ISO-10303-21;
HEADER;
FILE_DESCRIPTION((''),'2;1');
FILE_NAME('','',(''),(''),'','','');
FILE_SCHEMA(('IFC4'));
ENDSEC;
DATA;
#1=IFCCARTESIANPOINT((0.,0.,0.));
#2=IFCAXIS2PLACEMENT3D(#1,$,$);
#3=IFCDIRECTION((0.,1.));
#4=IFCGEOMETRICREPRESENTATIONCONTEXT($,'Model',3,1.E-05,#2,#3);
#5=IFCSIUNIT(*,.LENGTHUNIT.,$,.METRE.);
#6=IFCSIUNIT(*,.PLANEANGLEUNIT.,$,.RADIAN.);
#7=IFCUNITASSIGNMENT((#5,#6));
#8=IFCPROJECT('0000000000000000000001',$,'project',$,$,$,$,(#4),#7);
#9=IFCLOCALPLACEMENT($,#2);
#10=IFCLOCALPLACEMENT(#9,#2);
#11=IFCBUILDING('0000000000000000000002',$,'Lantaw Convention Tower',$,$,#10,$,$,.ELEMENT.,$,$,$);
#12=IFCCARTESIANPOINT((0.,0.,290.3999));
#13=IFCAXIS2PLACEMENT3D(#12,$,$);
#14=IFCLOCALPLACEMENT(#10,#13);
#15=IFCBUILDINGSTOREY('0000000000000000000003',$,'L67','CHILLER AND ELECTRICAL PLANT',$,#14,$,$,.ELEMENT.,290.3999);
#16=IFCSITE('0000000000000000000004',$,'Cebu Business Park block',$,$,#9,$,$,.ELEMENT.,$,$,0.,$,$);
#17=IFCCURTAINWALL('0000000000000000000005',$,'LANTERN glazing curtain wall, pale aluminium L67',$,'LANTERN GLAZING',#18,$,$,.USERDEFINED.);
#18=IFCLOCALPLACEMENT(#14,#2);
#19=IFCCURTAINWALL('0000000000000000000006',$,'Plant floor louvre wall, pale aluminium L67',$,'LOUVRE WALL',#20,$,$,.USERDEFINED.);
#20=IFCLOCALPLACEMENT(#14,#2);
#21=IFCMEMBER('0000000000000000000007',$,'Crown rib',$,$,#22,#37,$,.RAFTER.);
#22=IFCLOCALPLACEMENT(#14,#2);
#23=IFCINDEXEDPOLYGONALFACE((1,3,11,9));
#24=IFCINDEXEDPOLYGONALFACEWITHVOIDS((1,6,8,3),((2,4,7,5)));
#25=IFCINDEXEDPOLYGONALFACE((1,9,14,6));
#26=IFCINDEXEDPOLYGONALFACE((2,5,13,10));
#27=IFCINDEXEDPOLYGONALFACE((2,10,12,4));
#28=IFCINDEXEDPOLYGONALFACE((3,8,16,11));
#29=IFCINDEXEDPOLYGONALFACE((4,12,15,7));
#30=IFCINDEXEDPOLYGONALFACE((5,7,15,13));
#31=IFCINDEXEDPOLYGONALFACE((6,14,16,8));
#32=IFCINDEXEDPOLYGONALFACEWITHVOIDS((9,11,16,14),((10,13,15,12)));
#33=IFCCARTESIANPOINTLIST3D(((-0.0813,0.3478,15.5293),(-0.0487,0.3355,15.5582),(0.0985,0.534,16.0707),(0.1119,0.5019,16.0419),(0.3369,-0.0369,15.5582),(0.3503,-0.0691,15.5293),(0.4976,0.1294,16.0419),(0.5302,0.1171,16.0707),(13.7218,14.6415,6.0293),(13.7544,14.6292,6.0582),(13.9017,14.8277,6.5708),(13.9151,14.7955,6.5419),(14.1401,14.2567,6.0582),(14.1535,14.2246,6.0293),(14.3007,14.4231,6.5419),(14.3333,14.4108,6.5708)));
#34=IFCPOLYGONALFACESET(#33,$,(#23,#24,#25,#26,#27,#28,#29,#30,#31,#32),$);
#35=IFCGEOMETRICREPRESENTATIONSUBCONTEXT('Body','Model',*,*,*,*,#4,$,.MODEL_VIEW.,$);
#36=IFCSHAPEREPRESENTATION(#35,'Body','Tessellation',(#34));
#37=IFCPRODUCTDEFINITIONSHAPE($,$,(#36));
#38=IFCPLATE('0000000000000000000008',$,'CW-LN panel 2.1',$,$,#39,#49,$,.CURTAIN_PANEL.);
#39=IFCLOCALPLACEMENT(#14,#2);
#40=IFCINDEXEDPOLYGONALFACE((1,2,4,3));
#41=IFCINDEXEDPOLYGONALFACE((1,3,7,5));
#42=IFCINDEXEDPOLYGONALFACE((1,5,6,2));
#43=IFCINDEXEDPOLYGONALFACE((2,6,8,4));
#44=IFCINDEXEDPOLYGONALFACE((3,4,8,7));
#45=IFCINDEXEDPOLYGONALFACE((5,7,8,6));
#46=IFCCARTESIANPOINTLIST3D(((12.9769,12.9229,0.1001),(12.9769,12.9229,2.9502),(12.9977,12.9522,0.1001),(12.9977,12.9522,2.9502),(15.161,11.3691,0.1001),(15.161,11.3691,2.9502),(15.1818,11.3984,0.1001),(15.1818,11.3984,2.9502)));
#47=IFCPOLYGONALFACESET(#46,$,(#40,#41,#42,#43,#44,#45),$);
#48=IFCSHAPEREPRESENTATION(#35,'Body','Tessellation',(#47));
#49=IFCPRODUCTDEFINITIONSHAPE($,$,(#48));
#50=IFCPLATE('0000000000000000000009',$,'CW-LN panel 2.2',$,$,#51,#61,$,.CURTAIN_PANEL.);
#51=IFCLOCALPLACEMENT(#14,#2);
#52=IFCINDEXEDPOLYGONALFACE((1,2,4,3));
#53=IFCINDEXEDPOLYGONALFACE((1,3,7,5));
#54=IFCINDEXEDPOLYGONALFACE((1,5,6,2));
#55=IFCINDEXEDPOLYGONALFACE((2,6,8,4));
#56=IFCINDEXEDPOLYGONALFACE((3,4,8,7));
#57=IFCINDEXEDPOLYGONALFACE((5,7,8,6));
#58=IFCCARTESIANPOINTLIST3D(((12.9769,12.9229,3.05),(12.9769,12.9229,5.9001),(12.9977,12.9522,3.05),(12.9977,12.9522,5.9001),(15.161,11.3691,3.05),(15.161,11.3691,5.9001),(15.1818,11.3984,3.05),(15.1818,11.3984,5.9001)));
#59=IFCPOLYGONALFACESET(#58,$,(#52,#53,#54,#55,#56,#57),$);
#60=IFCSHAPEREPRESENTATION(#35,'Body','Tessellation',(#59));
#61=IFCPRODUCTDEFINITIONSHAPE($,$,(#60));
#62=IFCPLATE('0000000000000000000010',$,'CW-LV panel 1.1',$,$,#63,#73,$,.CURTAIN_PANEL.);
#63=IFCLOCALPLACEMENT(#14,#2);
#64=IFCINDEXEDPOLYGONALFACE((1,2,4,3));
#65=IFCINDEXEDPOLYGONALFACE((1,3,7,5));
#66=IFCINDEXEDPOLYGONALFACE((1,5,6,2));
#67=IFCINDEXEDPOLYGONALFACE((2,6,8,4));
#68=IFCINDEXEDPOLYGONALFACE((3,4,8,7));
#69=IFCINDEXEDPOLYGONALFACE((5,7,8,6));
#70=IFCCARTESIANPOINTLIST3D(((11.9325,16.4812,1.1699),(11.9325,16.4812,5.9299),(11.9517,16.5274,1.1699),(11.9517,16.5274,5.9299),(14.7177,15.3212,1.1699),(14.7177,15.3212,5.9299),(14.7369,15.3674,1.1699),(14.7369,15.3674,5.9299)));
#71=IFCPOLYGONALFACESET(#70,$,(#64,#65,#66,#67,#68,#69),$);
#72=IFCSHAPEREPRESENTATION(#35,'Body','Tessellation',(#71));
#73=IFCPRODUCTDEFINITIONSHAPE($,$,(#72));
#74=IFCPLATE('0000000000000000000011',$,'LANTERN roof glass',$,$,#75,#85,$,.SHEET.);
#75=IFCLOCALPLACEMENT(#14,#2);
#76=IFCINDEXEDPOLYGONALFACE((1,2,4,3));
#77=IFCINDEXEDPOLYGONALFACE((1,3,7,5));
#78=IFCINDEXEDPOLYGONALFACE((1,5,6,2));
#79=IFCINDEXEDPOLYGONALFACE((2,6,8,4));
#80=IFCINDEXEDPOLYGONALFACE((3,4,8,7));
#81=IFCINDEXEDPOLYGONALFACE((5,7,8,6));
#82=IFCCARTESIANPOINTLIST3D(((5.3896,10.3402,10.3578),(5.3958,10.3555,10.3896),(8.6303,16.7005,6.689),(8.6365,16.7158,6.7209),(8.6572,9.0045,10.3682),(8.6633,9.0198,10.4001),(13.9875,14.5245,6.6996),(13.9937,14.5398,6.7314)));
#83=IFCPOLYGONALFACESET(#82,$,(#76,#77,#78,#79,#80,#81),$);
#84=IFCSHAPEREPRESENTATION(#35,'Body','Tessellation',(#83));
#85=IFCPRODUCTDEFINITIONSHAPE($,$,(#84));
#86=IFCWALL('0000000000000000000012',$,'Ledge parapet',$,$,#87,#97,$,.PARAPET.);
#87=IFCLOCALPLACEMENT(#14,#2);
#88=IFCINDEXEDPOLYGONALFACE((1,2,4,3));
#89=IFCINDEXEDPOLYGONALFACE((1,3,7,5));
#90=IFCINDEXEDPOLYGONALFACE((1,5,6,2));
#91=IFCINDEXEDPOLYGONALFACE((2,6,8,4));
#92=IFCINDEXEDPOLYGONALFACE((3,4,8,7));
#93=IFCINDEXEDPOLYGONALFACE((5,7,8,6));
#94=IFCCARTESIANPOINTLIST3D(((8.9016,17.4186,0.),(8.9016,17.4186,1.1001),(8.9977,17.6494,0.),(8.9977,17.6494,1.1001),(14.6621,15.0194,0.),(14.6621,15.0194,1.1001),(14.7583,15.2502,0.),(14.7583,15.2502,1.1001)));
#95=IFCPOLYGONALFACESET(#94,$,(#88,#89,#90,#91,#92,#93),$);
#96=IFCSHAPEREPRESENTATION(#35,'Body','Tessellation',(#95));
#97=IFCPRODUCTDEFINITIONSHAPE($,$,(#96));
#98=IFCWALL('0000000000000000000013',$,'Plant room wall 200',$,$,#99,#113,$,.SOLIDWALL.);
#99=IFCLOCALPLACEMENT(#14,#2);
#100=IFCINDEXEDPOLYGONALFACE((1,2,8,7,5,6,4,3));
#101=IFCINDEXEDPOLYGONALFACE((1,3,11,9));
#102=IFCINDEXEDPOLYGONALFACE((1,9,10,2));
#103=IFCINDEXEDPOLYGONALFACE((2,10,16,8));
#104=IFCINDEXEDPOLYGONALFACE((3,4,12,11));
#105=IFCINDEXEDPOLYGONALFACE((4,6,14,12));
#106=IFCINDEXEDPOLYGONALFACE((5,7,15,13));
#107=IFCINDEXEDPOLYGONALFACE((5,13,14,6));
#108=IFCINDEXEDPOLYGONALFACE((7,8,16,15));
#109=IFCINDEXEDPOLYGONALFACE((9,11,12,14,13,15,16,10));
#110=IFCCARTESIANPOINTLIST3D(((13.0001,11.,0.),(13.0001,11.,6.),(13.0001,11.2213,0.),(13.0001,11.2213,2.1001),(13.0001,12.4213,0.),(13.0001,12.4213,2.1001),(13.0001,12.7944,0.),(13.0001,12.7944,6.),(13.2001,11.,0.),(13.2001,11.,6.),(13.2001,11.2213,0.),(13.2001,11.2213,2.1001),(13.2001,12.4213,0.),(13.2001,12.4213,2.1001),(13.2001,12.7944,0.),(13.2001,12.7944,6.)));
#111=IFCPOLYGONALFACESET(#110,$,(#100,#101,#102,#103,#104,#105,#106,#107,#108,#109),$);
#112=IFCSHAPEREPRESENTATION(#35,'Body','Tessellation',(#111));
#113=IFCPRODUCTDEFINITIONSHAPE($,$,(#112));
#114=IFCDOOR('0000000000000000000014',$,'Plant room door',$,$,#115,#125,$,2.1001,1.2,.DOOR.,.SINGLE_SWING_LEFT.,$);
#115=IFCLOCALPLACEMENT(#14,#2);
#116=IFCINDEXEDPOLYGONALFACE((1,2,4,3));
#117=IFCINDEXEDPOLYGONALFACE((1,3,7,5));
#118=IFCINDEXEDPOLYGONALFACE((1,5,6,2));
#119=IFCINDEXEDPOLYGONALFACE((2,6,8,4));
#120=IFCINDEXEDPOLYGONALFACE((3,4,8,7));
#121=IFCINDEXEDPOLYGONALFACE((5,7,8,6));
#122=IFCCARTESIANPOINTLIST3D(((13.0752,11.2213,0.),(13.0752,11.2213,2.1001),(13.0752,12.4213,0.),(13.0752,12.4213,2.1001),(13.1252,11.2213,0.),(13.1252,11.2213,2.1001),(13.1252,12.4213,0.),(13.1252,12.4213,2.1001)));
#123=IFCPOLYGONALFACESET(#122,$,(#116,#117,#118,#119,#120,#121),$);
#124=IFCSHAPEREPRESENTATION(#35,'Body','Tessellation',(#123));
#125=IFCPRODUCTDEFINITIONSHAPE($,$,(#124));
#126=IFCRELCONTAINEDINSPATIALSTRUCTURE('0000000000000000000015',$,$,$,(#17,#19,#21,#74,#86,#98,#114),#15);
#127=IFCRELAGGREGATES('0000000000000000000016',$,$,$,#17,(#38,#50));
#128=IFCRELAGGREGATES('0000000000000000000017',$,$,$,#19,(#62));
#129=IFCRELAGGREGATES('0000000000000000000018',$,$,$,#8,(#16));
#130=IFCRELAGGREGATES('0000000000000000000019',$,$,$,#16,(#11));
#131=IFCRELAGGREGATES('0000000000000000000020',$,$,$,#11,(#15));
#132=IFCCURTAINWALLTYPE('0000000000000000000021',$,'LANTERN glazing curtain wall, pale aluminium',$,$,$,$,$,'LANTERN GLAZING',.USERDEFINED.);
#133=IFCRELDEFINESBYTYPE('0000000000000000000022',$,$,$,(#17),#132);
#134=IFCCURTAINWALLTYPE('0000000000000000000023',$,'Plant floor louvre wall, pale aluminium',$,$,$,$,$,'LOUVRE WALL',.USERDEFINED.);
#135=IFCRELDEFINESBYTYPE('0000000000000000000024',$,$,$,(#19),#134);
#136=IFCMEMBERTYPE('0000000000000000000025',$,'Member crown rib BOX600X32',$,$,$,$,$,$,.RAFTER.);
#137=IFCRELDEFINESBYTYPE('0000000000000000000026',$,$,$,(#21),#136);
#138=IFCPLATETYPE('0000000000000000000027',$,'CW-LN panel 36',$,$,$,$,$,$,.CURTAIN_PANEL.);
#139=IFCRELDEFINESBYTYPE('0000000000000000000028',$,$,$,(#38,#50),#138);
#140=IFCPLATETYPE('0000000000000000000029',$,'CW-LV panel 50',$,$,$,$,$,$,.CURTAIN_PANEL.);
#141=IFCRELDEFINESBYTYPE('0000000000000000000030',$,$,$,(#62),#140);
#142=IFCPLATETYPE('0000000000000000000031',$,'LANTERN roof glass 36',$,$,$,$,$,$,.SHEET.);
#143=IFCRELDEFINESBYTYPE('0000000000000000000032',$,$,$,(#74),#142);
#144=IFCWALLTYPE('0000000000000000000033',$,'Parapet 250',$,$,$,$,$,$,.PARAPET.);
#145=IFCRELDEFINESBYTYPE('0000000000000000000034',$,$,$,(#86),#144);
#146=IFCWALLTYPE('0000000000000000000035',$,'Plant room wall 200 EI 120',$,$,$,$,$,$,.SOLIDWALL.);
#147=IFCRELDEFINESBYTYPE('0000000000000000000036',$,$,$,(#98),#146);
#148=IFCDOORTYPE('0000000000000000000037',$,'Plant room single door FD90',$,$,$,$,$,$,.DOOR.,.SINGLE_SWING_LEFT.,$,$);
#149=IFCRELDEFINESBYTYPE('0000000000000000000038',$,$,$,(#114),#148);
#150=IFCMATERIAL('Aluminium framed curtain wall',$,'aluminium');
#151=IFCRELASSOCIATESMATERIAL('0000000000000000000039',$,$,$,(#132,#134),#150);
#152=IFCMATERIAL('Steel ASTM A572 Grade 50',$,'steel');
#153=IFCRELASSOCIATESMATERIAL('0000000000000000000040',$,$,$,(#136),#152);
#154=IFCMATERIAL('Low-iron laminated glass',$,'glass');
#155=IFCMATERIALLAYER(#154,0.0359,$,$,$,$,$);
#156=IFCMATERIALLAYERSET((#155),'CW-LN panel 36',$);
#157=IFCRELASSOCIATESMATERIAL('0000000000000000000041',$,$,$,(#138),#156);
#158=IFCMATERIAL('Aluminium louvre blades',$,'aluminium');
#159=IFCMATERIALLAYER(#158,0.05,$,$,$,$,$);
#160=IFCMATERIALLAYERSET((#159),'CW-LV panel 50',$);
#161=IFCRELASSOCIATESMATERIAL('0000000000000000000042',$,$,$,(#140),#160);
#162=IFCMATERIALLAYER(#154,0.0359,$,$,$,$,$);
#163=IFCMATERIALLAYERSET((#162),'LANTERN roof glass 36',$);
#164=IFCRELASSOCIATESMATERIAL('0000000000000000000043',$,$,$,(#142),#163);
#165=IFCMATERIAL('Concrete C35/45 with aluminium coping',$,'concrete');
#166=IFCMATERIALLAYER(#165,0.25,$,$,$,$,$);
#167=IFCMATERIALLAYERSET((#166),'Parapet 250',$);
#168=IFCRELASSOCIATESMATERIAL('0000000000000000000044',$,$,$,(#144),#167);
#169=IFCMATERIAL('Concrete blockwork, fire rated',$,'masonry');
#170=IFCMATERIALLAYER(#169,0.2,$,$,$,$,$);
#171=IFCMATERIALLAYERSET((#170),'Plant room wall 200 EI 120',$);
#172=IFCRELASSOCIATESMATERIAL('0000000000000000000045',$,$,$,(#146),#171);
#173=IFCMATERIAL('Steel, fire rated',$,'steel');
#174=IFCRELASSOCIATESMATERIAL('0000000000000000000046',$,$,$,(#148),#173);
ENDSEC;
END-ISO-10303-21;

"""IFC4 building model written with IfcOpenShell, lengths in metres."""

from ifc_helpers import new_model, si_unit, direction, frame, frame_2d, origin, origin_2d, place, context, subcontext, project, spatial, polyline, rectangle, hollow_rectangle, outline, extrude, material, layer, layer_set, material_profile, profile_set, type_object, element, fill, aggregate, save


model = new_model("IFC4")

# Units and contexts
model_context = context("Model", 3, precision=1e-05, world=origin(), true_north=direction((0.0, 1.0)))
body_context = subcontext(model_context, "Body", "Model", "MODEL_VIEW")
ifc_project = project(units=[si_unit("LENGTHUNIT", "METRE"), si_unit("PLANEANGLEUNIT", "RADIAN")], contexts=[model_context])

# Site, building, storey
site_placement = place(None, origin())
site = spatial("IfcSite", under=ifc_project, at=site_placement, Name="Cebu Business Park block", CompositionType="ELEMENT", RefElevation=0.0)
building_placement = place(site_placement, origin())
building = spatial("IfcBuilding", under=site, at=building_placement, Name="Lantaw Convention Tower", CompositionType="ELEMENT")
storey_placement = place(building_placement, frame((0.0, 0.0, 290.3999)))
storey = spatial("IfcBuildingStorey", under=building, at=storey_placement, Name="L67", Description="CHILLER AND ELECTRICAL PLANT", CompositionType="ELEMENT", Elevation=290.3999)

# Shared definitions
ifc_material_1 = material(Name="Steel ASTM A572 Grade 50", Category="steel")

# Curtain wall
ifc_material_2 = material(Name="Aluminium framed curtain wall", Category="aluminium")
curtain_wall_type_1 = type_object("IfcCurtainWallType", Name="LANTERN glazing curtain wall, pale aluminium", ElementType="LANTERN GLAZING", PredefinedType="USERDEFINED", material=ifc_material_2)
curtain_wall_1_placement = place(storey_placement, origin())
curtain_wall_1 = element("IfcCurtainWall", 1, at=curtain_wall_1_placement, inside=storey, type_object=curtain_wall_type_1, Name="LANTERN glazing curtain wall, pale aluminium L67", ObjectType="LANTERN GLAZING", PredefinedType="USERDEFINED")

# Shared definitions
curtain_wall_type_2 = type_object("IfcCurtainWallType", Name="Plant floor louvre wall, pale aluminium", ElementType="LOUVRE WALL", PredefinedType="USERDEFINED", material=ifc_material_2)

# Curtain wall
curtain_wall_2_placement = place(storey_placement, origin())
curtain_wall_2 = element("IfcCurtainWall", 2, at=curtain_wall_2_placement, inside=storey, type_object=curtain_wall_type_2, Name="Plant floor louvre wall, pale aluminium L67", ObjectType="LOUVRE WALL", PredefinedType="USERDEFINED")

# Member
ifc_material_profile_1 = material_profile(ifc_material_1, hollow_rectangle(XDim=0.6001, YDim=0.6001, WallThickness=0.032, at=origin_2d()), Name="BOX600X32")
ifc_profile_set_1 = profile_set([ifc_material_profile_1], Name="Steel ASTM A572 Grade 50")
member_type_1 = type_object("IfcMemberType", Name="Member crown rib BOX600X32", PredefinedType="RAFTER", material=ifc_profile_set_1)
member_1_placement = place(storey_placement, frame((14.0276, 14.5261, 6.3), z_axis=(-0.626715, -0.648984, 0.431333), x_axis=(0.719341, -0.694657, 0.0)))
element("IfcMember", 3, at=member_1_placement, inside=storey, type_object=member_type_1, Name="Crown rib", PredefinedType="RAFTER", context=body_context, shape_type="SweptSolid", body=[
    extrude(hollow_rectangle(XDim=0.6001, YDim=0.6001, WallThickness=0.032, at=origin_2d()), origin(), (0.0, 0.0, 1.0), 22.0247),
])

# Plates
ifc_material_3 = material(Name="Low-iron laminated glass", Category="glass")
ifc_layer_1 = layer(ifc_material_3, 0.0359)
ifc_layer_set_1 = layer_set([ifc_layer_1], Name="CW-LN panel 36")
plate_type_1 = type_object("IfcPlateType", Name="CW-LN panel 36", PredefinedType="CURTAIN_PANEL", material=ifc_layer_set_1)
plate_1_placement = place(storey_placement, frame((14.0793, 12.1606, 0.1001), z_axis=(0.0, 0.0, 1.0), x_axis=(-0.814841, 0.579684, 0.0)))
plate_1 = element("IfcPlate", 4, at=plate_1_placement, type_object=plate_type_1, Name="CW-LN panel 2.1", PredefinedType="CURTAIN_PANEL", context=body_context, shape_type="SweptSolid", body=[
    extrude(rectangle(XDim=2.6804, YDim=0.0359, at=origin_2d()), origin(), (0.0, 0.0, 1.0), 2.8501),
])
plate_2_placement = place(storey_placement, frame((14.0793, 12.1606, 3.05), z_axis=(0.0, 0.0, 1.0), x_axis=(-0.814841, 0.579684, 0.0)))
plate_2 = element("IfcPlate", 5, at=plate_2_placement, type_object=plate_type_1, Name="CW-LN panel 2.2", PredefinedType="CURTAIN_PANEL", context=body_context, shape_type="SweptSolid", body=[
    extrude(rectangle(XDim=2.6804, YDim=0.0359, at=origin_2d()), origin(), (0.0, 0.0, 1.0), 2.8501),
])
aggregate(curtain_wall_1, [plate_1, plate_2])
ifc_material_4 = material(Name="Aluminium louvre blades", Category="aluminium")
ifc_layer_2 = layer(ifc_material_4, 0.05)
ifc_layer_set_2 = layer_set([ifc_layer_2], Name="CW-LV panel 50")
plate_type_2 = type_object("IfcPlateType", Name="CW-LV panel 50", PredefinedType="CURTAIN_PANEL", material=ifc_layer_set_2)
plate_3_placement = place(storey_placement, frame((13.3347, 15.9243, 1.1699), z_axis=(0.0, 0.0, 1.0), x_axis=(-0.923142, 0.38446, 0.0)))
plate_3 = element("IfcPlate", 6, at=plate_3_placement, type_object=plate_type_2, Name="CW-LV panel 1.1", PredefinedType="CURTAIN_PANEL", context=body_context, shape_type="SweptSolid", body=[
    extrude(rectangle(XDim=3.0171, YDim=0.05, at=origin_2d()), origin(), (0.0, 0.0, 1.0), 4.76),
])
aggregate(curtain_wall_2, [plate_3])
ifc_layer_3 = layer(ifc_material_3, 0.0359)
ifc_layer_set_3 = layer_set([ifc_layer_3], Name="LANTERN roof glass 36")
plate_type_3 = type_object("IfcPlateType", Name="LANTERN roof glass 36", PredefinedType="SHEET", material=ifc_layer_set_3)
plate_4_placement = place(storey_placement, frame((13.9937, 14.5398, 6.7314), z_axis=(0.171062, 0.425439, 0.888673), x_axis=(-0.926486, 0.376326, -0.00182)))
element("IfcPlate", 7, at=plate_4_placement, inside=storey, type_object=plate_type_3, Name="LANTERN roof glass", PredefinedType="SHEET", context=body_context, shape_type="SweptSolid", body=[
    extrude(outline(polyline([(0.0, 0.0), (5.7823, 0.0), (6.3845, 8.0033), (2.8545, 8.0121), (0.0, 0.0)])), origin(), (0.0, 0.0, -1.0), 0.0359),
])

# Wall
ifc_material_5 = material(Name="Concrete C35/45 with aluminium coping", Category="concrete")
ifc_layer_4 = layer(ifc_material_5, 0.25)
ifc_layer_set_4 = layer_set([ifc_layer_4], Name="Parapet 250")
wall_type_1 = type_object("IfcWallType", Name="Parapet 250", PredefinedType="PARAPET", material=ifc_layer_set_4)
wall_1_placement = place(storey_placement, frame((14.7102, 15.1348, 0.0), z_axis=(0.0, 0.0, 1.0), x_axis=(-0.923136, 0.384474, 0.0)))
element("IfcWall", 8, at=wall_1_placement, inside=storey, type_object=wall_type_1, Name="Ledge parapet", PredefinedType="PARAPET", context=body_context, shape_type="SweptSolid", body=[
    extrude(rectangle(XDim=6.2402, YDim=0.25, at=frame_2d((3.1201, 0.0))), origin(), (0.0, 0.0, 1.0), 1.1001),
])

# Wall, opening, door
ifc_material_6 = material(Name="Concrete blockwork, fire rated", Category="masonry")
ifc_layer_5 = layer(ifc_material_6, 0.2)
ifc_layer_set_5 = layer_set([ifc_layer_5], Name="Plant room wall 200 EI 120")
wall_type_2 = type_object("IfcWallType", Name="Plant room wall 200 EI 120", PredefinedType="SOLIDWALL", material=ifc_layer_set_5)
wall_2_placement = place(storey_placement, frame((13.1001, 11.0, 0.0), z_axis=(0.0, 0.0, 1.0), x_axis=(0.0, 1.0, 0.0)))
wall_2 = element("IfcWall", 9, at=wall_2_placement, inside=storey, type_object=wall_type_2, Name="Plant room wall 200", PredefinedType="SOLIDWALL", context=body_context, shape_type="SweptSolid", body=[
    extrude(rectangle(XDim=1.7944, YDim=0.2, at=frame_2d((0.8972, 0.0))), origin(), (0.0, 0.0, 1.0), 6.0),
])
opening_placement = place(wall_2_placement, frame((0.2212, 0.0, 0.0)))
opening = element("IfcOpeningElement", 10, at=opening_placement, cuts=wall_2, PredefinedType="OPENING", context=body_context, shape_type="SweptSolid", body=[
    extrude(rectangle(XDim=1.2, YDim=2.1001, at=frame_2d((0.6001, 1.05))), frame((0.0, 0.1099, 0.0), z_axis=(0.0, -1.0, 0.0), x_axis=(1.0, 0.0, 0.0)), (0.0, 0.0, 1.0), 0.22),
])
ifc_material_7 = material(Name="Steel, fire rated", Category="steel")
door_type = type_object("IfcDoorType", Name="Plant room single door FD90", OperationType="SINGLE_SWING_LEFT", PredefinedType="DOOR", material=ifc_material_7)
door_placement = place(opening_placement, origin())
door = element("IfcDoor", 11, at=door_placement, inside=storey, type_object=door_type, Name="Plant room door", OperationType="SINGLE_SWING_LEFT", OverallHeight=2.1001, OverallWidth=1.2, PredefinedType="DOOR", context=body_context, shape_type="SweptSolid", body=[
    extrude(rectangle(XDim=1.2, YDim=2.1001, at=frame_2d((0.6001, 1.05))), frame((0.0, 0.0249, 0.0), z_axis=(0.0, -1.0, 0.0), x_axis=(1.0, 0.0, 0.0)), (0.0, 0.0, 1.0), 0.05),
])
fill(opening, door)

save(model, "model.ifc")
